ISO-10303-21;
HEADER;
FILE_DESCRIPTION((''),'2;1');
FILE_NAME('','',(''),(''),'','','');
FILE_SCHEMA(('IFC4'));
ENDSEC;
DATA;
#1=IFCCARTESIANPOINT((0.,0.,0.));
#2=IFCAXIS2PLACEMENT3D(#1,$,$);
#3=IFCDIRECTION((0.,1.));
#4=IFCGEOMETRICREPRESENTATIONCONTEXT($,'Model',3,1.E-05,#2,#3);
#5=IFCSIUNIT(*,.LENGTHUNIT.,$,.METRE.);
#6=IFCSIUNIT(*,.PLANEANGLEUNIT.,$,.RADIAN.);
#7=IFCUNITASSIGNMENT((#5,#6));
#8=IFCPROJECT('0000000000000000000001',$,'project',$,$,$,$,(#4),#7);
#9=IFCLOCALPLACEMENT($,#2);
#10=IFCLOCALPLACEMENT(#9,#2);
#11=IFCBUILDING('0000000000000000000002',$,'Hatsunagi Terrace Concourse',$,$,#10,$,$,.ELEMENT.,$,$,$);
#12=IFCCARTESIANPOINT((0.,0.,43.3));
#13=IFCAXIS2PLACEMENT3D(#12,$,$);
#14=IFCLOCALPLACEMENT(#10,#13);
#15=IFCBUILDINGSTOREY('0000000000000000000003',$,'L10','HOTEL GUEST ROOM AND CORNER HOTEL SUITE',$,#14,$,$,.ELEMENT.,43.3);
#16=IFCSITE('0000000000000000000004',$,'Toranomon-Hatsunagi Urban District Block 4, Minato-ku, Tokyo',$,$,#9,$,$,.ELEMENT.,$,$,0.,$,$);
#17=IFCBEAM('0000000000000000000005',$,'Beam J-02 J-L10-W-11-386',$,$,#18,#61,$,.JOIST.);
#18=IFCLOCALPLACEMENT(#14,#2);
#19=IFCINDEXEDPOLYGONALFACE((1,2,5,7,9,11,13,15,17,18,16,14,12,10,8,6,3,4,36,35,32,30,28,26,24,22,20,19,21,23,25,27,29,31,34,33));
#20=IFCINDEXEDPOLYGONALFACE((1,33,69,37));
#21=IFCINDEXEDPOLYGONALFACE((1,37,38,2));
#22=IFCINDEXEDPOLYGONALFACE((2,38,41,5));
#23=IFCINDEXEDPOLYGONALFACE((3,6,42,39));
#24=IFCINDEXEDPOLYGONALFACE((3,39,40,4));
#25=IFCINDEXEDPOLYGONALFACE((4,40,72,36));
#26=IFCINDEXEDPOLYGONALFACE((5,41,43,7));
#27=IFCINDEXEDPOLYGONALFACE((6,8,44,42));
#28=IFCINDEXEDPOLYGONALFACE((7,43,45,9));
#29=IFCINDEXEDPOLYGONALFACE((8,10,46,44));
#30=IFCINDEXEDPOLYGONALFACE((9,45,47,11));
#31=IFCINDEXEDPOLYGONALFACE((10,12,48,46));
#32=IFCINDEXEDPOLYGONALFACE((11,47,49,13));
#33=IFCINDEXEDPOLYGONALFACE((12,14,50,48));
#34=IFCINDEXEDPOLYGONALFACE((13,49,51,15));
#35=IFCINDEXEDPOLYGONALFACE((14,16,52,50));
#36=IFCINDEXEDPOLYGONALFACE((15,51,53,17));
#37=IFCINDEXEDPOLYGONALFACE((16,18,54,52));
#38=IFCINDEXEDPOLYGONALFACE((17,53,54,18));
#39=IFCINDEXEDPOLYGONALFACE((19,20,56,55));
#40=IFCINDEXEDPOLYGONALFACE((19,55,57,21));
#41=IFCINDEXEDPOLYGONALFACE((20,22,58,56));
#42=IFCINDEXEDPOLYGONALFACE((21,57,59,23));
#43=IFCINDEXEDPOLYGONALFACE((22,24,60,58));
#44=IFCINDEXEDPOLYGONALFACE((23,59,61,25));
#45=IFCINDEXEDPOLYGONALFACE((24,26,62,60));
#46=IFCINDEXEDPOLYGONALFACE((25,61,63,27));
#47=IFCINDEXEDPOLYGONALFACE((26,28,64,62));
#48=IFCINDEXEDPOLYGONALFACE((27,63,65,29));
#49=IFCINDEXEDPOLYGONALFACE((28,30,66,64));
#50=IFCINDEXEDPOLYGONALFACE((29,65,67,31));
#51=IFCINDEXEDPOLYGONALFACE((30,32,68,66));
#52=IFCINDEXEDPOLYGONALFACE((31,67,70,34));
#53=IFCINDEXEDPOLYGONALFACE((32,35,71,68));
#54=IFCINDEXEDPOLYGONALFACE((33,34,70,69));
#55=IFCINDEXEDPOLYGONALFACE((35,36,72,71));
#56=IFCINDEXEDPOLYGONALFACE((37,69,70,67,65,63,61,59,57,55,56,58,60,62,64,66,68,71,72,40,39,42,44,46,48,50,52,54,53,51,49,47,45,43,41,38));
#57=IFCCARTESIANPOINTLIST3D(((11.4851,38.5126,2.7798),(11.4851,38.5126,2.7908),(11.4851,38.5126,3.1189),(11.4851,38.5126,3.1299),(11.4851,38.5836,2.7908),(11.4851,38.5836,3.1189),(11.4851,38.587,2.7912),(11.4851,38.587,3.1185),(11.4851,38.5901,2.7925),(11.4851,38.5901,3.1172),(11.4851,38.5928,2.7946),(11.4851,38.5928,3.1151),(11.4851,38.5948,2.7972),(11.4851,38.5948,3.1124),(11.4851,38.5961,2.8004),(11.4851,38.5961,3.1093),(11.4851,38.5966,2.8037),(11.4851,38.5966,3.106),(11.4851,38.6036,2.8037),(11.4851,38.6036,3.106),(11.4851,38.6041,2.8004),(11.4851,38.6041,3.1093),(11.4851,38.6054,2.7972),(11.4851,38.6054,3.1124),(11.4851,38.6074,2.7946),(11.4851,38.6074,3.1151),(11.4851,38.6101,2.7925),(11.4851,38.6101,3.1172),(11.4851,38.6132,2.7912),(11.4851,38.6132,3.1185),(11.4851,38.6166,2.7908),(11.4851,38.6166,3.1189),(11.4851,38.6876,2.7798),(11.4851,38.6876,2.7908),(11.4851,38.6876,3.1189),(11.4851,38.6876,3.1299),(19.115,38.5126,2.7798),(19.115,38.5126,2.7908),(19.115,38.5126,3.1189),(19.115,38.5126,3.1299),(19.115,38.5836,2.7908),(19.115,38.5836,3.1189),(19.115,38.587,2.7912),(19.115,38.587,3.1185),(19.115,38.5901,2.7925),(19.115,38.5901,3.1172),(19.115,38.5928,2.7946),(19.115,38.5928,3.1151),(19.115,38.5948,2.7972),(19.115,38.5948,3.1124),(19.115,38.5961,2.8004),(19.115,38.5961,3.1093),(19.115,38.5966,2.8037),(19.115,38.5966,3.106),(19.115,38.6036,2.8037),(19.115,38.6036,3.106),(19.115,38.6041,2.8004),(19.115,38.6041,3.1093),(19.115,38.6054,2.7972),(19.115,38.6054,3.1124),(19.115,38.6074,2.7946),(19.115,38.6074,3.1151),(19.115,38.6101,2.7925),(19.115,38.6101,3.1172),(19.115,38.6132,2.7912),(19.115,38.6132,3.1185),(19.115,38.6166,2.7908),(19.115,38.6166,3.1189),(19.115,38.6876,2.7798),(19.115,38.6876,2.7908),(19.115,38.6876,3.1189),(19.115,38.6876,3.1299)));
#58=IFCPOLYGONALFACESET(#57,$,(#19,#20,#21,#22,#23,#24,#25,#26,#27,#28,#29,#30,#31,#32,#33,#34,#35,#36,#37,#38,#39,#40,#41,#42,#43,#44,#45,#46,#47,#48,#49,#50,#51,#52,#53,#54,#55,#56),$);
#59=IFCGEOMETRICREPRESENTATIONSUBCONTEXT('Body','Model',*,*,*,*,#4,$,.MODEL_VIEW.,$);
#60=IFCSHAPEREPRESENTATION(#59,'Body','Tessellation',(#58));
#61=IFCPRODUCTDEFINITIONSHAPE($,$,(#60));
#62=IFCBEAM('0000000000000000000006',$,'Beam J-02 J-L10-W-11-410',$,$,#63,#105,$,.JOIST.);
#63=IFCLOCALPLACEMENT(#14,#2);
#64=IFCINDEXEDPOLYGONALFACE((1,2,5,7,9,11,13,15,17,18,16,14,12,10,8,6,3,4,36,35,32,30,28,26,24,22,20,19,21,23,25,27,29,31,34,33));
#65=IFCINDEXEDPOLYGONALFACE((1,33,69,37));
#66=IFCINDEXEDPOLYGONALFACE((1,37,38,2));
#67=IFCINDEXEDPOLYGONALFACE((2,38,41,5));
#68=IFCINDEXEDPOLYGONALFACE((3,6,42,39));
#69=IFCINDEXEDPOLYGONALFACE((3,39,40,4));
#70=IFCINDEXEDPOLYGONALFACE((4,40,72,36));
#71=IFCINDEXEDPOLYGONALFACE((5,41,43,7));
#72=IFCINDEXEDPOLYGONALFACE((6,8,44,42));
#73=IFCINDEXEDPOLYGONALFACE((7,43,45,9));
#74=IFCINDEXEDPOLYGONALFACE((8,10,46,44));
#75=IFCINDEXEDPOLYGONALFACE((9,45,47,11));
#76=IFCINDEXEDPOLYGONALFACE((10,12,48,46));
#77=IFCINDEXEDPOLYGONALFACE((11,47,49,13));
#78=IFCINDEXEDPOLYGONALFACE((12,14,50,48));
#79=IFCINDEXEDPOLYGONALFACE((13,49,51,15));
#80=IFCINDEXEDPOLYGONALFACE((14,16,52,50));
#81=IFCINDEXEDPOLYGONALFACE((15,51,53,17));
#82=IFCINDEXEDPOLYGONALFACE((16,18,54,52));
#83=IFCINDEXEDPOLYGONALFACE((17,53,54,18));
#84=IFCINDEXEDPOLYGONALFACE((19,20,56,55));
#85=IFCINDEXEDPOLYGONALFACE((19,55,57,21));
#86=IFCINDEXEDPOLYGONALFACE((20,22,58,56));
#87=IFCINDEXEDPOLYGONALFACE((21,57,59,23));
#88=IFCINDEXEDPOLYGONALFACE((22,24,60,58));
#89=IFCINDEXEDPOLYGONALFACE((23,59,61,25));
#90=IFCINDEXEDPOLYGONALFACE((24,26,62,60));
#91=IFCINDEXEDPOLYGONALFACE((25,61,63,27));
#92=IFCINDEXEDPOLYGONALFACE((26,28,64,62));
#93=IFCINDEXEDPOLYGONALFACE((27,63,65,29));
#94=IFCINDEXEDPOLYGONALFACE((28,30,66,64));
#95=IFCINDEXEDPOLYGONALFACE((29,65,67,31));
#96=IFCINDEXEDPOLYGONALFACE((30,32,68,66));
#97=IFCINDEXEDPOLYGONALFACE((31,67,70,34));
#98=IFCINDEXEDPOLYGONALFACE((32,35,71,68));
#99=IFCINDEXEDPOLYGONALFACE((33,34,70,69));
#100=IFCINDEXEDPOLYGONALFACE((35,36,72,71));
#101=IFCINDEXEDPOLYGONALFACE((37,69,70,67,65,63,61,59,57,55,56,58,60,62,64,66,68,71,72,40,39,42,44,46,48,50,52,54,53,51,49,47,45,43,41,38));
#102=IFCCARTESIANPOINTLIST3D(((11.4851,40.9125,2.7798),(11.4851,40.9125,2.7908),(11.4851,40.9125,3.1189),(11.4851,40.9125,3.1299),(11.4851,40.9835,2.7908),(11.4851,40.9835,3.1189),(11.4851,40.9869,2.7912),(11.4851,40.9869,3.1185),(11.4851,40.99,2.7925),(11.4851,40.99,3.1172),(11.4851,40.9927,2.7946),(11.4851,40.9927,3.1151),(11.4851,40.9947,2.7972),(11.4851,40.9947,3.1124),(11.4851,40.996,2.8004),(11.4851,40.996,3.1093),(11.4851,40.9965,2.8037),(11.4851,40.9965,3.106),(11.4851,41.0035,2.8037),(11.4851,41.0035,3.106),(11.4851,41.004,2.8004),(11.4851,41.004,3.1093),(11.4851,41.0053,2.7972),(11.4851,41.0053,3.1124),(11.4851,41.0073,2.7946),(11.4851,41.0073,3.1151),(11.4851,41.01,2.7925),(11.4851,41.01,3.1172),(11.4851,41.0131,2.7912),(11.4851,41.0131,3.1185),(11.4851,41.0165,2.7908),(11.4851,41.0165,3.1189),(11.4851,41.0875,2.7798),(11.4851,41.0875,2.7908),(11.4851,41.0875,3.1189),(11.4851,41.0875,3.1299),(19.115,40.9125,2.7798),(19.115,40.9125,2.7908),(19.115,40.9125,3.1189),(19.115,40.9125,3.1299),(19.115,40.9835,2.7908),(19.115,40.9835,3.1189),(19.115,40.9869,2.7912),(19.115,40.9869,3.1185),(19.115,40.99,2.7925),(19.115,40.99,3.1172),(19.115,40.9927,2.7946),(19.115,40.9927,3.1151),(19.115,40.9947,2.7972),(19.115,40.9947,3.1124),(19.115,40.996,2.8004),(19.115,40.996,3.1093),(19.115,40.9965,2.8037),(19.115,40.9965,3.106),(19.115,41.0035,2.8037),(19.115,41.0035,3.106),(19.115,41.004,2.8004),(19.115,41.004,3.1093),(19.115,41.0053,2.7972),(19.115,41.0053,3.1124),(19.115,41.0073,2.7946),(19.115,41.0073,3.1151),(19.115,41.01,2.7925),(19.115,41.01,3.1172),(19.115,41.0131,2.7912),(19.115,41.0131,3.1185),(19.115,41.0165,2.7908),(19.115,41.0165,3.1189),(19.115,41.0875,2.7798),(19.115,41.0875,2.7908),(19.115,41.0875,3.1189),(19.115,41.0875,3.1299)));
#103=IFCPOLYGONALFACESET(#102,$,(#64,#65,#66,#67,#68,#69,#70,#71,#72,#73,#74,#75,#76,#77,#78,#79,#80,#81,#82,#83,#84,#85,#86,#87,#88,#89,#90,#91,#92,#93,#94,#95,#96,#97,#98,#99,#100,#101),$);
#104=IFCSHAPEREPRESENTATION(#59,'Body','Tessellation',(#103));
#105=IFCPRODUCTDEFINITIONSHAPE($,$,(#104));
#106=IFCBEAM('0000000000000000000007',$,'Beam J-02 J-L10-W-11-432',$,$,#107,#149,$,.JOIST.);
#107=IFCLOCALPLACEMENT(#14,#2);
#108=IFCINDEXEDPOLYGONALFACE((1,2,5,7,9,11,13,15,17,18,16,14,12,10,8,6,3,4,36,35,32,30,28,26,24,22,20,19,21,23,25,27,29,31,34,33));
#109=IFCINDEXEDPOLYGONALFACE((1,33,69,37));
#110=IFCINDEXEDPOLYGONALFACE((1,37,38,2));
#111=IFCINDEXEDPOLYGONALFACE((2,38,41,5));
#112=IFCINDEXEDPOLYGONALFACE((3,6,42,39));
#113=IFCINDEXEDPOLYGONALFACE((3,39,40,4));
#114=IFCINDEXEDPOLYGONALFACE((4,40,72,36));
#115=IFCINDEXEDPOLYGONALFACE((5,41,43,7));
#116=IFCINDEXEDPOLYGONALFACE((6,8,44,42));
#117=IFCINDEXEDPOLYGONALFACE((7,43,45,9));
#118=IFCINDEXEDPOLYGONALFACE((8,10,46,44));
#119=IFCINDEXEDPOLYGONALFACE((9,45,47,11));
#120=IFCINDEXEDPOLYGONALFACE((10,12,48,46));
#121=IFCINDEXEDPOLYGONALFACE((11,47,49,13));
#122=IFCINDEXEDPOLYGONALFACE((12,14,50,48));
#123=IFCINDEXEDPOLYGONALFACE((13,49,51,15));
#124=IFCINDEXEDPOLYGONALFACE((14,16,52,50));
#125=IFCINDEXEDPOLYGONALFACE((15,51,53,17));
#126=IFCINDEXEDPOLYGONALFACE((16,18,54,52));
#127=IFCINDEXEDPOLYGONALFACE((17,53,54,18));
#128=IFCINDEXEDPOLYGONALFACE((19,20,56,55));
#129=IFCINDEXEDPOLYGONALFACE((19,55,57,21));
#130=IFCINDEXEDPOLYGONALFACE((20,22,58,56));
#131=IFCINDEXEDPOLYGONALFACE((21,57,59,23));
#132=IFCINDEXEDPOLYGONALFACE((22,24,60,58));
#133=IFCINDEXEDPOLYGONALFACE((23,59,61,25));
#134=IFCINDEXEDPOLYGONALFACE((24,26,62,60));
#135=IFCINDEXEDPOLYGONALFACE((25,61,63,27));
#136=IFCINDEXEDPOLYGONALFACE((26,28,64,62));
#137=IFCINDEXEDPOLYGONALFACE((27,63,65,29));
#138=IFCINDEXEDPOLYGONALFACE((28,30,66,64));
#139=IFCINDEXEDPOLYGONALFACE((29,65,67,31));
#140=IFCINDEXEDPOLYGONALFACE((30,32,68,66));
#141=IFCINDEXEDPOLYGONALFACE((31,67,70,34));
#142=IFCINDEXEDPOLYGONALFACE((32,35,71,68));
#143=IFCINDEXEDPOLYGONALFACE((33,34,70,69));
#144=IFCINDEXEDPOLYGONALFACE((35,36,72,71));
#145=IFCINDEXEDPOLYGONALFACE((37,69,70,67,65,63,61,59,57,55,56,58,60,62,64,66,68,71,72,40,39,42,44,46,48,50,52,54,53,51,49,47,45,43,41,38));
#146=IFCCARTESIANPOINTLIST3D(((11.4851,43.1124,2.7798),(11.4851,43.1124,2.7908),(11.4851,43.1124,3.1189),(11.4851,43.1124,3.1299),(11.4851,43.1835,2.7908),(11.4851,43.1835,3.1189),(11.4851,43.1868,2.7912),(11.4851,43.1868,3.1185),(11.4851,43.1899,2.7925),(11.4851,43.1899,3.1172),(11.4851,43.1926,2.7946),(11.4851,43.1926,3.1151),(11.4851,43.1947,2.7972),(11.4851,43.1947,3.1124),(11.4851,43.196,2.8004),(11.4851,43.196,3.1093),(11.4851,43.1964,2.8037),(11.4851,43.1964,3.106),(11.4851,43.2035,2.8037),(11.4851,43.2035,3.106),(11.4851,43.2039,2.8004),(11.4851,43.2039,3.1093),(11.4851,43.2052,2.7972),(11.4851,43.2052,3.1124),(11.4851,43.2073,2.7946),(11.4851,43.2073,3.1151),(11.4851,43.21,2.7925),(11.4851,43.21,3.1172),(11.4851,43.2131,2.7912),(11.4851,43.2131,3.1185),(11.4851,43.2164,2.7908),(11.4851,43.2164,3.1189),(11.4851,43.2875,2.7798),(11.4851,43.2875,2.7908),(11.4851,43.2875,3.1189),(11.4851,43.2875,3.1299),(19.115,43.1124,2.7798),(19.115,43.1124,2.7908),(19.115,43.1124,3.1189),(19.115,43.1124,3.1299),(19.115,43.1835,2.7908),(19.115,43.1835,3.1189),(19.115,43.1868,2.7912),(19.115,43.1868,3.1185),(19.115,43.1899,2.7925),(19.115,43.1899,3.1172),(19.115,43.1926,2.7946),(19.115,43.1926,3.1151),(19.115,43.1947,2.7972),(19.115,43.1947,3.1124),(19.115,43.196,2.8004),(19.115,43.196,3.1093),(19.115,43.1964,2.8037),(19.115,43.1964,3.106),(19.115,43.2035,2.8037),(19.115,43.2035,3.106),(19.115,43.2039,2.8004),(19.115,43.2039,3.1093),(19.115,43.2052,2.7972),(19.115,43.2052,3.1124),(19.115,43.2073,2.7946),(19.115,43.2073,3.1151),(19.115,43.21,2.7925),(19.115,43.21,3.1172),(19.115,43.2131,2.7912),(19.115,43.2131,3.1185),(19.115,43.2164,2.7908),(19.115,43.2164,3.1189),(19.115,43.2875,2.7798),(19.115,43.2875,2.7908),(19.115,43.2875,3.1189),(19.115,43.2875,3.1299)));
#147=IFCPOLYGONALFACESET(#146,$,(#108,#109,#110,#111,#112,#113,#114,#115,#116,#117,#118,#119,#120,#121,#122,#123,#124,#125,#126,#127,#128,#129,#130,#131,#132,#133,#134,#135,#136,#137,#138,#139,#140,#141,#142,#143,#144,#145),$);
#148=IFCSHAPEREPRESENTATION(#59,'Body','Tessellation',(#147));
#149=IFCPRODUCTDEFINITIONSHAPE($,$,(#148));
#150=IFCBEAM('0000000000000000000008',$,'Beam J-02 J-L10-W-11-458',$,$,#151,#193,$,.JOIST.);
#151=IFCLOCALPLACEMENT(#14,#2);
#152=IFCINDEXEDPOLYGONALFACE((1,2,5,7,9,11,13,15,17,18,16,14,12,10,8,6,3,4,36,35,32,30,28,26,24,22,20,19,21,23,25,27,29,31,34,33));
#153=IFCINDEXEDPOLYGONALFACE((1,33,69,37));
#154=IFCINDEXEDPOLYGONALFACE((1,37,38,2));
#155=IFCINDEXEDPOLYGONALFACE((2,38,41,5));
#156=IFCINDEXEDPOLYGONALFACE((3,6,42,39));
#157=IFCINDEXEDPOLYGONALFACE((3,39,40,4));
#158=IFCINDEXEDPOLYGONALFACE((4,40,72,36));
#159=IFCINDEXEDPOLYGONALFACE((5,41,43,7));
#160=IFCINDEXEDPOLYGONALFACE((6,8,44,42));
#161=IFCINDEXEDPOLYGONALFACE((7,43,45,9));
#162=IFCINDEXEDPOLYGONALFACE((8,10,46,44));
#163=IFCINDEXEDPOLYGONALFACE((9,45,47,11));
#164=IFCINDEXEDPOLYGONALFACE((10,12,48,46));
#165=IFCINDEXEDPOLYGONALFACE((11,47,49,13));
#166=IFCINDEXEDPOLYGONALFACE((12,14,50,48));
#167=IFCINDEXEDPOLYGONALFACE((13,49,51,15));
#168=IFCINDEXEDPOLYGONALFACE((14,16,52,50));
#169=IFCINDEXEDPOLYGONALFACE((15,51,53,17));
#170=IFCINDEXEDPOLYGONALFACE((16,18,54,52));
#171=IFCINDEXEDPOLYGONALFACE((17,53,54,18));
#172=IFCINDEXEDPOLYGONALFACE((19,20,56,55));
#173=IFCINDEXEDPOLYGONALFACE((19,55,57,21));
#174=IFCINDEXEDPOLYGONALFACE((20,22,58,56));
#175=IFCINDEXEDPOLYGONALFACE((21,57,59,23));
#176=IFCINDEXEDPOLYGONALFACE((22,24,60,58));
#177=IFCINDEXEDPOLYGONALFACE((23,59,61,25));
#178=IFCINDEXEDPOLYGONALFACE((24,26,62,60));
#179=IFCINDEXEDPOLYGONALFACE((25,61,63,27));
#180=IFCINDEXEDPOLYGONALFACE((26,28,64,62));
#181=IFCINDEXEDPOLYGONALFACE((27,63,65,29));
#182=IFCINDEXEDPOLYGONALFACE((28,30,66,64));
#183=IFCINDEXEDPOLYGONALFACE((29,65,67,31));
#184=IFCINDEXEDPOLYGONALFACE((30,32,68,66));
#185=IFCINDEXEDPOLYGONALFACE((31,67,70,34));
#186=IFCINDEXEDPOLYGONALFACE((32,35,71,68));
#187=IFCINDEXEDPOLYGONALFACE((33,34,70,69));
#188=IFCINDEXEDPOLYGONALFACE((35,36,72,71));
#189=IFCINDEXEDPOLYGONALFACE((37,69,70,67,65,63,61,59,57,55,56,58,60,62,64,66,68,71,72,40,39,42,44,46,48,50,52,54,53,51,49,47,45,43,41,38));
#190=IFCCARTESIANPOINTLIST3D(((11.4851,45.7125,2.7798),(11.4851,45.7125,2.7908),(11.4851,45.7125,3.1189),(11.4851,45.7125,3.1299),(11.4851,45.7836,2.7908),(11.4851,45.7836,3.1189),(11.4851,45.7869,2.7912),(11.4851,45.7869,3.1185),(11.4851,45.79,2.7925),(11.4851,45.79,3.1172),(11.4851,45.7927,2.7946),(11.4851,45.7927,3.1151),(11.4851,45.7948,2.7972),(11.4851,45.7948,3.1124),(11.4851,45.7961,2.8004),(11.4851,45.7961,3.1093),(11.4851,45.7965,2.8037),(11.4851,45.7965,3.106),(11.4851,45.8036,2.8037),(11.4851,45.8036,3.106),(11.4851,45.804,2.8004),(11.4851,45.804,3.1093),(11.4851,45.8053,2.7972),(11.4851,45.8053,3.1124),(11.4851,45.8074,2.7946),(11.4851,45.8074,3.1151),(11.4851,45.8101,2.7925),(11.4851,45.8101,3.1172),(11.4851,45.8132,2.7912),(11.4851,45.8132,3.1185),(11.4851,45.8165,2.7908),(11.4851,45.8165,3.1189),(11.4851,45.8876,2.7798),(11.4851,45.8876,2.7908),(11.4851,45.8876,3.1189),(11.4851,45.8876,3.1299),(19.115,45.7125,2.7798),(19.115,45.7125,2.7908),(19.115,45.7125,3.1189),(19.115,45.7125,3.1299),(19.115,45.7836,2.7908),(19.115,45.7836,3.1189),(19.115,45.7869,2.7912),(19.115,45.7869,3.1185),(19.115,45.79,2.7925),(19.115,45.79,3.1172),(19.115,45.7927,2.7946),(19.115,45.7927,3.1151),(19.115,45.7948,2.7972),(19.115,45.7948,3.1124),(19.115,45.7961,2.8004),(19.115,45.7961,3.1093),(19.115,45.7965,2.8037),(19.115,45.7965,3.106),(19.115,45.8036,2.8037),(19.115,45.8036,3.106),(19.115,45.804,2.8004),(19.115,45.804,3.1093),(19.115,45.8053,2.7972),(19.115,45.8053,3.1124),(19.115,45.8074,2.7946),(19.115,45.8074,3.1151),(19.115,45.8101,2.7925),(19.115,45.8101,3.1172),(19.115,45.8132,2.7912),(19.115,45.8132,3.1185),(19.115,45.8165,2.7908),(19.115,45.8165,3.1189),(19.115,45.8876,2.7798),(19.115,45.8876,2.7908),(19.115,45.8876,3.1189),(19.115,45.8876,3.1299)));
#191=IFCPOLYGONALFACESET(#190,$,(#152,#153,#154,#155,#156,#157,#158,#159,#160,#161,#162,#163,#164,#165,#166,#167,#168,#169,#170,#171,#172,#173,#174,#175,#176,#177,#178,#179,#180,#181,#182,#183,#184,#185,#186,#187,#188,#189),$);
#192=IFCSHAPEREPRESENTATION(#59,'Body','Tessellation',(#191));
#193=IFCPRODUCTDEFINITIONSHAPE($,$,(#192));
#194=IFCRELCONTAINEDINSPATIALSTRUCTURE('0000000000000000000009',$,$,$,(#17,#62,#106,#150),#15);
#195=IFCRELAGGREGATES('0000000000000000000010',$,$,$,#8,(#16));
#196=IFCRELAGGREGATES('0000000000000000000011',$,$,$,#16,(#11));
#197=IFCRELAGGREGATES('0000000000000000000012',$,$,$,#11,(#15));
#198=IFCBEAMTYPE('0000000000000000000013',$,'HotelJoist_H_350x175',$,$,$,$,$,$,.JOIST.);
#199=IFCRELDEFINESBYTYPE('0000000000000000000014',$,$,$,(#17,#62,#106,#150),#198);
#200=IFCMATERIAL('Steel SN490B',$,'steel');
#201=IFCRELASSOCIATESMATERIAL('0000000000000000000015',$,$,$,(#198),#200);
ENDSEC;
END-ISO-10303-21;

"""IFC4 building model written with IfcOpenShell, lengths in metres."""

from ifc_helpers import new_model, si_unit, direction, frame, origin, origin_2d, place, context, subcontext, project, spatial, i_section, extrude, material, material_profile, profile_set, type_object, element, save


model = new_model("IFC4")

# Units and contexts
model_context = context("Model", 3, precision=1e-05, world=origin(), true_north=direction((0.0, 1.0)))
body_context = subcontext(model_context, "Body", "Model", "MODEL_VIEW")
ifc_project = project(units=[si_unit("LENGTHUNIT", "METRE"), si_unit("PLANEANGLEUNIT", "RADIAN")], contexts=[model_context])

# Site, building, storey
site_placement = place(None, origin())
site = spatial("IfcSite", under=ifc_project, at=site_placement, Name="Toranomon-Hatsunagi Urban District Block 4, Minato-ku, Tokyo", CompositionType="ELEMENT", RefElevation=0.0)
building_placement = place(site_placement, origin())
building = spatial("IfcBuilding", under=site, at=building_placement, Name="Hatsunagi Terrace Concourse", CompositionType="ELEMENT")
storey_placement = place(building_placement, frame((0.0, 0.0, 43.3)))
storey = spatial("IfcBuildingStorey", under=building, at=storey_placement, Name="L10", Description="HOTEL GUEST ROOM AND CORNER HOTEL SUITE", CompositionType="ELEMENT", Elevation=43.3)

# Beams
ifc_material_1 = material(Name="Steel SN490B", Category="steel")
ifc_material_profile_1 = material_profile(ifc_material_1, i_section(OverallWidth=0.175, OverallDepth=0.3501, WebThickness=0.0071, FlangeThickness=0.011, FilletRadius=0.0129, at=origin_2d()), Name="H-350x175x7x11")
ifc_profile_set_1 = profile_set([ifc_material_profile_1], Name="Steel SN490B")
beam_type_1 = type_object("IfcBeamType", Name="HotelJoist_H_350x175", PredefinedType="JOIST", material=ifc_profile_set_1)
for number, where, z_axis, x_axis, name in (
    (1, (11.4851, 38.6001, 2.9548), (1.0, 0.0, 0.0), (0.0, 1.0, 0.0), "Beam J-02 J-L10-W-11-386"),
    (2, (11.4851, 41.0, 2.9548), (1.0, 0.0, 0.0), (0.0, 1.0, 0.0), "Beam J-02 J-L10-W-11-410"),
    (3, (11.4851, 43.2, 2.9548), (1.0, 0.0, 0.0), (0.0, 1.0, 0.0), "Beam J-02 J-L10-W-11-432"),
    (4, (11.4851, 45.8, 2.9548), (1.0, 0.0, 0.0), (0.0, 1.0, 0.0), "Beam J-02 J-L10-W-11-458"),
):
    element("IfcBeam", number, at=place(storey_placement, frame(where, z_axis=z_axis, x_axis=x_axis)), inside=storey, type_object=beam_type_1, Name=name, PredefinedType="JOIST", context=body_context, shape_type="SweptSolid", body=[
        extrude(i_section(OverallWidth=0.175, OverallDepth=0.3501, WebThickness=0.0071, FlangeThickness=0.011, FilletRadius=0.0129, at=origin_2d()), origin(), (0.0, 0.0, 1.0), 7.6299),
    ])

save(model, "model.ifc")
